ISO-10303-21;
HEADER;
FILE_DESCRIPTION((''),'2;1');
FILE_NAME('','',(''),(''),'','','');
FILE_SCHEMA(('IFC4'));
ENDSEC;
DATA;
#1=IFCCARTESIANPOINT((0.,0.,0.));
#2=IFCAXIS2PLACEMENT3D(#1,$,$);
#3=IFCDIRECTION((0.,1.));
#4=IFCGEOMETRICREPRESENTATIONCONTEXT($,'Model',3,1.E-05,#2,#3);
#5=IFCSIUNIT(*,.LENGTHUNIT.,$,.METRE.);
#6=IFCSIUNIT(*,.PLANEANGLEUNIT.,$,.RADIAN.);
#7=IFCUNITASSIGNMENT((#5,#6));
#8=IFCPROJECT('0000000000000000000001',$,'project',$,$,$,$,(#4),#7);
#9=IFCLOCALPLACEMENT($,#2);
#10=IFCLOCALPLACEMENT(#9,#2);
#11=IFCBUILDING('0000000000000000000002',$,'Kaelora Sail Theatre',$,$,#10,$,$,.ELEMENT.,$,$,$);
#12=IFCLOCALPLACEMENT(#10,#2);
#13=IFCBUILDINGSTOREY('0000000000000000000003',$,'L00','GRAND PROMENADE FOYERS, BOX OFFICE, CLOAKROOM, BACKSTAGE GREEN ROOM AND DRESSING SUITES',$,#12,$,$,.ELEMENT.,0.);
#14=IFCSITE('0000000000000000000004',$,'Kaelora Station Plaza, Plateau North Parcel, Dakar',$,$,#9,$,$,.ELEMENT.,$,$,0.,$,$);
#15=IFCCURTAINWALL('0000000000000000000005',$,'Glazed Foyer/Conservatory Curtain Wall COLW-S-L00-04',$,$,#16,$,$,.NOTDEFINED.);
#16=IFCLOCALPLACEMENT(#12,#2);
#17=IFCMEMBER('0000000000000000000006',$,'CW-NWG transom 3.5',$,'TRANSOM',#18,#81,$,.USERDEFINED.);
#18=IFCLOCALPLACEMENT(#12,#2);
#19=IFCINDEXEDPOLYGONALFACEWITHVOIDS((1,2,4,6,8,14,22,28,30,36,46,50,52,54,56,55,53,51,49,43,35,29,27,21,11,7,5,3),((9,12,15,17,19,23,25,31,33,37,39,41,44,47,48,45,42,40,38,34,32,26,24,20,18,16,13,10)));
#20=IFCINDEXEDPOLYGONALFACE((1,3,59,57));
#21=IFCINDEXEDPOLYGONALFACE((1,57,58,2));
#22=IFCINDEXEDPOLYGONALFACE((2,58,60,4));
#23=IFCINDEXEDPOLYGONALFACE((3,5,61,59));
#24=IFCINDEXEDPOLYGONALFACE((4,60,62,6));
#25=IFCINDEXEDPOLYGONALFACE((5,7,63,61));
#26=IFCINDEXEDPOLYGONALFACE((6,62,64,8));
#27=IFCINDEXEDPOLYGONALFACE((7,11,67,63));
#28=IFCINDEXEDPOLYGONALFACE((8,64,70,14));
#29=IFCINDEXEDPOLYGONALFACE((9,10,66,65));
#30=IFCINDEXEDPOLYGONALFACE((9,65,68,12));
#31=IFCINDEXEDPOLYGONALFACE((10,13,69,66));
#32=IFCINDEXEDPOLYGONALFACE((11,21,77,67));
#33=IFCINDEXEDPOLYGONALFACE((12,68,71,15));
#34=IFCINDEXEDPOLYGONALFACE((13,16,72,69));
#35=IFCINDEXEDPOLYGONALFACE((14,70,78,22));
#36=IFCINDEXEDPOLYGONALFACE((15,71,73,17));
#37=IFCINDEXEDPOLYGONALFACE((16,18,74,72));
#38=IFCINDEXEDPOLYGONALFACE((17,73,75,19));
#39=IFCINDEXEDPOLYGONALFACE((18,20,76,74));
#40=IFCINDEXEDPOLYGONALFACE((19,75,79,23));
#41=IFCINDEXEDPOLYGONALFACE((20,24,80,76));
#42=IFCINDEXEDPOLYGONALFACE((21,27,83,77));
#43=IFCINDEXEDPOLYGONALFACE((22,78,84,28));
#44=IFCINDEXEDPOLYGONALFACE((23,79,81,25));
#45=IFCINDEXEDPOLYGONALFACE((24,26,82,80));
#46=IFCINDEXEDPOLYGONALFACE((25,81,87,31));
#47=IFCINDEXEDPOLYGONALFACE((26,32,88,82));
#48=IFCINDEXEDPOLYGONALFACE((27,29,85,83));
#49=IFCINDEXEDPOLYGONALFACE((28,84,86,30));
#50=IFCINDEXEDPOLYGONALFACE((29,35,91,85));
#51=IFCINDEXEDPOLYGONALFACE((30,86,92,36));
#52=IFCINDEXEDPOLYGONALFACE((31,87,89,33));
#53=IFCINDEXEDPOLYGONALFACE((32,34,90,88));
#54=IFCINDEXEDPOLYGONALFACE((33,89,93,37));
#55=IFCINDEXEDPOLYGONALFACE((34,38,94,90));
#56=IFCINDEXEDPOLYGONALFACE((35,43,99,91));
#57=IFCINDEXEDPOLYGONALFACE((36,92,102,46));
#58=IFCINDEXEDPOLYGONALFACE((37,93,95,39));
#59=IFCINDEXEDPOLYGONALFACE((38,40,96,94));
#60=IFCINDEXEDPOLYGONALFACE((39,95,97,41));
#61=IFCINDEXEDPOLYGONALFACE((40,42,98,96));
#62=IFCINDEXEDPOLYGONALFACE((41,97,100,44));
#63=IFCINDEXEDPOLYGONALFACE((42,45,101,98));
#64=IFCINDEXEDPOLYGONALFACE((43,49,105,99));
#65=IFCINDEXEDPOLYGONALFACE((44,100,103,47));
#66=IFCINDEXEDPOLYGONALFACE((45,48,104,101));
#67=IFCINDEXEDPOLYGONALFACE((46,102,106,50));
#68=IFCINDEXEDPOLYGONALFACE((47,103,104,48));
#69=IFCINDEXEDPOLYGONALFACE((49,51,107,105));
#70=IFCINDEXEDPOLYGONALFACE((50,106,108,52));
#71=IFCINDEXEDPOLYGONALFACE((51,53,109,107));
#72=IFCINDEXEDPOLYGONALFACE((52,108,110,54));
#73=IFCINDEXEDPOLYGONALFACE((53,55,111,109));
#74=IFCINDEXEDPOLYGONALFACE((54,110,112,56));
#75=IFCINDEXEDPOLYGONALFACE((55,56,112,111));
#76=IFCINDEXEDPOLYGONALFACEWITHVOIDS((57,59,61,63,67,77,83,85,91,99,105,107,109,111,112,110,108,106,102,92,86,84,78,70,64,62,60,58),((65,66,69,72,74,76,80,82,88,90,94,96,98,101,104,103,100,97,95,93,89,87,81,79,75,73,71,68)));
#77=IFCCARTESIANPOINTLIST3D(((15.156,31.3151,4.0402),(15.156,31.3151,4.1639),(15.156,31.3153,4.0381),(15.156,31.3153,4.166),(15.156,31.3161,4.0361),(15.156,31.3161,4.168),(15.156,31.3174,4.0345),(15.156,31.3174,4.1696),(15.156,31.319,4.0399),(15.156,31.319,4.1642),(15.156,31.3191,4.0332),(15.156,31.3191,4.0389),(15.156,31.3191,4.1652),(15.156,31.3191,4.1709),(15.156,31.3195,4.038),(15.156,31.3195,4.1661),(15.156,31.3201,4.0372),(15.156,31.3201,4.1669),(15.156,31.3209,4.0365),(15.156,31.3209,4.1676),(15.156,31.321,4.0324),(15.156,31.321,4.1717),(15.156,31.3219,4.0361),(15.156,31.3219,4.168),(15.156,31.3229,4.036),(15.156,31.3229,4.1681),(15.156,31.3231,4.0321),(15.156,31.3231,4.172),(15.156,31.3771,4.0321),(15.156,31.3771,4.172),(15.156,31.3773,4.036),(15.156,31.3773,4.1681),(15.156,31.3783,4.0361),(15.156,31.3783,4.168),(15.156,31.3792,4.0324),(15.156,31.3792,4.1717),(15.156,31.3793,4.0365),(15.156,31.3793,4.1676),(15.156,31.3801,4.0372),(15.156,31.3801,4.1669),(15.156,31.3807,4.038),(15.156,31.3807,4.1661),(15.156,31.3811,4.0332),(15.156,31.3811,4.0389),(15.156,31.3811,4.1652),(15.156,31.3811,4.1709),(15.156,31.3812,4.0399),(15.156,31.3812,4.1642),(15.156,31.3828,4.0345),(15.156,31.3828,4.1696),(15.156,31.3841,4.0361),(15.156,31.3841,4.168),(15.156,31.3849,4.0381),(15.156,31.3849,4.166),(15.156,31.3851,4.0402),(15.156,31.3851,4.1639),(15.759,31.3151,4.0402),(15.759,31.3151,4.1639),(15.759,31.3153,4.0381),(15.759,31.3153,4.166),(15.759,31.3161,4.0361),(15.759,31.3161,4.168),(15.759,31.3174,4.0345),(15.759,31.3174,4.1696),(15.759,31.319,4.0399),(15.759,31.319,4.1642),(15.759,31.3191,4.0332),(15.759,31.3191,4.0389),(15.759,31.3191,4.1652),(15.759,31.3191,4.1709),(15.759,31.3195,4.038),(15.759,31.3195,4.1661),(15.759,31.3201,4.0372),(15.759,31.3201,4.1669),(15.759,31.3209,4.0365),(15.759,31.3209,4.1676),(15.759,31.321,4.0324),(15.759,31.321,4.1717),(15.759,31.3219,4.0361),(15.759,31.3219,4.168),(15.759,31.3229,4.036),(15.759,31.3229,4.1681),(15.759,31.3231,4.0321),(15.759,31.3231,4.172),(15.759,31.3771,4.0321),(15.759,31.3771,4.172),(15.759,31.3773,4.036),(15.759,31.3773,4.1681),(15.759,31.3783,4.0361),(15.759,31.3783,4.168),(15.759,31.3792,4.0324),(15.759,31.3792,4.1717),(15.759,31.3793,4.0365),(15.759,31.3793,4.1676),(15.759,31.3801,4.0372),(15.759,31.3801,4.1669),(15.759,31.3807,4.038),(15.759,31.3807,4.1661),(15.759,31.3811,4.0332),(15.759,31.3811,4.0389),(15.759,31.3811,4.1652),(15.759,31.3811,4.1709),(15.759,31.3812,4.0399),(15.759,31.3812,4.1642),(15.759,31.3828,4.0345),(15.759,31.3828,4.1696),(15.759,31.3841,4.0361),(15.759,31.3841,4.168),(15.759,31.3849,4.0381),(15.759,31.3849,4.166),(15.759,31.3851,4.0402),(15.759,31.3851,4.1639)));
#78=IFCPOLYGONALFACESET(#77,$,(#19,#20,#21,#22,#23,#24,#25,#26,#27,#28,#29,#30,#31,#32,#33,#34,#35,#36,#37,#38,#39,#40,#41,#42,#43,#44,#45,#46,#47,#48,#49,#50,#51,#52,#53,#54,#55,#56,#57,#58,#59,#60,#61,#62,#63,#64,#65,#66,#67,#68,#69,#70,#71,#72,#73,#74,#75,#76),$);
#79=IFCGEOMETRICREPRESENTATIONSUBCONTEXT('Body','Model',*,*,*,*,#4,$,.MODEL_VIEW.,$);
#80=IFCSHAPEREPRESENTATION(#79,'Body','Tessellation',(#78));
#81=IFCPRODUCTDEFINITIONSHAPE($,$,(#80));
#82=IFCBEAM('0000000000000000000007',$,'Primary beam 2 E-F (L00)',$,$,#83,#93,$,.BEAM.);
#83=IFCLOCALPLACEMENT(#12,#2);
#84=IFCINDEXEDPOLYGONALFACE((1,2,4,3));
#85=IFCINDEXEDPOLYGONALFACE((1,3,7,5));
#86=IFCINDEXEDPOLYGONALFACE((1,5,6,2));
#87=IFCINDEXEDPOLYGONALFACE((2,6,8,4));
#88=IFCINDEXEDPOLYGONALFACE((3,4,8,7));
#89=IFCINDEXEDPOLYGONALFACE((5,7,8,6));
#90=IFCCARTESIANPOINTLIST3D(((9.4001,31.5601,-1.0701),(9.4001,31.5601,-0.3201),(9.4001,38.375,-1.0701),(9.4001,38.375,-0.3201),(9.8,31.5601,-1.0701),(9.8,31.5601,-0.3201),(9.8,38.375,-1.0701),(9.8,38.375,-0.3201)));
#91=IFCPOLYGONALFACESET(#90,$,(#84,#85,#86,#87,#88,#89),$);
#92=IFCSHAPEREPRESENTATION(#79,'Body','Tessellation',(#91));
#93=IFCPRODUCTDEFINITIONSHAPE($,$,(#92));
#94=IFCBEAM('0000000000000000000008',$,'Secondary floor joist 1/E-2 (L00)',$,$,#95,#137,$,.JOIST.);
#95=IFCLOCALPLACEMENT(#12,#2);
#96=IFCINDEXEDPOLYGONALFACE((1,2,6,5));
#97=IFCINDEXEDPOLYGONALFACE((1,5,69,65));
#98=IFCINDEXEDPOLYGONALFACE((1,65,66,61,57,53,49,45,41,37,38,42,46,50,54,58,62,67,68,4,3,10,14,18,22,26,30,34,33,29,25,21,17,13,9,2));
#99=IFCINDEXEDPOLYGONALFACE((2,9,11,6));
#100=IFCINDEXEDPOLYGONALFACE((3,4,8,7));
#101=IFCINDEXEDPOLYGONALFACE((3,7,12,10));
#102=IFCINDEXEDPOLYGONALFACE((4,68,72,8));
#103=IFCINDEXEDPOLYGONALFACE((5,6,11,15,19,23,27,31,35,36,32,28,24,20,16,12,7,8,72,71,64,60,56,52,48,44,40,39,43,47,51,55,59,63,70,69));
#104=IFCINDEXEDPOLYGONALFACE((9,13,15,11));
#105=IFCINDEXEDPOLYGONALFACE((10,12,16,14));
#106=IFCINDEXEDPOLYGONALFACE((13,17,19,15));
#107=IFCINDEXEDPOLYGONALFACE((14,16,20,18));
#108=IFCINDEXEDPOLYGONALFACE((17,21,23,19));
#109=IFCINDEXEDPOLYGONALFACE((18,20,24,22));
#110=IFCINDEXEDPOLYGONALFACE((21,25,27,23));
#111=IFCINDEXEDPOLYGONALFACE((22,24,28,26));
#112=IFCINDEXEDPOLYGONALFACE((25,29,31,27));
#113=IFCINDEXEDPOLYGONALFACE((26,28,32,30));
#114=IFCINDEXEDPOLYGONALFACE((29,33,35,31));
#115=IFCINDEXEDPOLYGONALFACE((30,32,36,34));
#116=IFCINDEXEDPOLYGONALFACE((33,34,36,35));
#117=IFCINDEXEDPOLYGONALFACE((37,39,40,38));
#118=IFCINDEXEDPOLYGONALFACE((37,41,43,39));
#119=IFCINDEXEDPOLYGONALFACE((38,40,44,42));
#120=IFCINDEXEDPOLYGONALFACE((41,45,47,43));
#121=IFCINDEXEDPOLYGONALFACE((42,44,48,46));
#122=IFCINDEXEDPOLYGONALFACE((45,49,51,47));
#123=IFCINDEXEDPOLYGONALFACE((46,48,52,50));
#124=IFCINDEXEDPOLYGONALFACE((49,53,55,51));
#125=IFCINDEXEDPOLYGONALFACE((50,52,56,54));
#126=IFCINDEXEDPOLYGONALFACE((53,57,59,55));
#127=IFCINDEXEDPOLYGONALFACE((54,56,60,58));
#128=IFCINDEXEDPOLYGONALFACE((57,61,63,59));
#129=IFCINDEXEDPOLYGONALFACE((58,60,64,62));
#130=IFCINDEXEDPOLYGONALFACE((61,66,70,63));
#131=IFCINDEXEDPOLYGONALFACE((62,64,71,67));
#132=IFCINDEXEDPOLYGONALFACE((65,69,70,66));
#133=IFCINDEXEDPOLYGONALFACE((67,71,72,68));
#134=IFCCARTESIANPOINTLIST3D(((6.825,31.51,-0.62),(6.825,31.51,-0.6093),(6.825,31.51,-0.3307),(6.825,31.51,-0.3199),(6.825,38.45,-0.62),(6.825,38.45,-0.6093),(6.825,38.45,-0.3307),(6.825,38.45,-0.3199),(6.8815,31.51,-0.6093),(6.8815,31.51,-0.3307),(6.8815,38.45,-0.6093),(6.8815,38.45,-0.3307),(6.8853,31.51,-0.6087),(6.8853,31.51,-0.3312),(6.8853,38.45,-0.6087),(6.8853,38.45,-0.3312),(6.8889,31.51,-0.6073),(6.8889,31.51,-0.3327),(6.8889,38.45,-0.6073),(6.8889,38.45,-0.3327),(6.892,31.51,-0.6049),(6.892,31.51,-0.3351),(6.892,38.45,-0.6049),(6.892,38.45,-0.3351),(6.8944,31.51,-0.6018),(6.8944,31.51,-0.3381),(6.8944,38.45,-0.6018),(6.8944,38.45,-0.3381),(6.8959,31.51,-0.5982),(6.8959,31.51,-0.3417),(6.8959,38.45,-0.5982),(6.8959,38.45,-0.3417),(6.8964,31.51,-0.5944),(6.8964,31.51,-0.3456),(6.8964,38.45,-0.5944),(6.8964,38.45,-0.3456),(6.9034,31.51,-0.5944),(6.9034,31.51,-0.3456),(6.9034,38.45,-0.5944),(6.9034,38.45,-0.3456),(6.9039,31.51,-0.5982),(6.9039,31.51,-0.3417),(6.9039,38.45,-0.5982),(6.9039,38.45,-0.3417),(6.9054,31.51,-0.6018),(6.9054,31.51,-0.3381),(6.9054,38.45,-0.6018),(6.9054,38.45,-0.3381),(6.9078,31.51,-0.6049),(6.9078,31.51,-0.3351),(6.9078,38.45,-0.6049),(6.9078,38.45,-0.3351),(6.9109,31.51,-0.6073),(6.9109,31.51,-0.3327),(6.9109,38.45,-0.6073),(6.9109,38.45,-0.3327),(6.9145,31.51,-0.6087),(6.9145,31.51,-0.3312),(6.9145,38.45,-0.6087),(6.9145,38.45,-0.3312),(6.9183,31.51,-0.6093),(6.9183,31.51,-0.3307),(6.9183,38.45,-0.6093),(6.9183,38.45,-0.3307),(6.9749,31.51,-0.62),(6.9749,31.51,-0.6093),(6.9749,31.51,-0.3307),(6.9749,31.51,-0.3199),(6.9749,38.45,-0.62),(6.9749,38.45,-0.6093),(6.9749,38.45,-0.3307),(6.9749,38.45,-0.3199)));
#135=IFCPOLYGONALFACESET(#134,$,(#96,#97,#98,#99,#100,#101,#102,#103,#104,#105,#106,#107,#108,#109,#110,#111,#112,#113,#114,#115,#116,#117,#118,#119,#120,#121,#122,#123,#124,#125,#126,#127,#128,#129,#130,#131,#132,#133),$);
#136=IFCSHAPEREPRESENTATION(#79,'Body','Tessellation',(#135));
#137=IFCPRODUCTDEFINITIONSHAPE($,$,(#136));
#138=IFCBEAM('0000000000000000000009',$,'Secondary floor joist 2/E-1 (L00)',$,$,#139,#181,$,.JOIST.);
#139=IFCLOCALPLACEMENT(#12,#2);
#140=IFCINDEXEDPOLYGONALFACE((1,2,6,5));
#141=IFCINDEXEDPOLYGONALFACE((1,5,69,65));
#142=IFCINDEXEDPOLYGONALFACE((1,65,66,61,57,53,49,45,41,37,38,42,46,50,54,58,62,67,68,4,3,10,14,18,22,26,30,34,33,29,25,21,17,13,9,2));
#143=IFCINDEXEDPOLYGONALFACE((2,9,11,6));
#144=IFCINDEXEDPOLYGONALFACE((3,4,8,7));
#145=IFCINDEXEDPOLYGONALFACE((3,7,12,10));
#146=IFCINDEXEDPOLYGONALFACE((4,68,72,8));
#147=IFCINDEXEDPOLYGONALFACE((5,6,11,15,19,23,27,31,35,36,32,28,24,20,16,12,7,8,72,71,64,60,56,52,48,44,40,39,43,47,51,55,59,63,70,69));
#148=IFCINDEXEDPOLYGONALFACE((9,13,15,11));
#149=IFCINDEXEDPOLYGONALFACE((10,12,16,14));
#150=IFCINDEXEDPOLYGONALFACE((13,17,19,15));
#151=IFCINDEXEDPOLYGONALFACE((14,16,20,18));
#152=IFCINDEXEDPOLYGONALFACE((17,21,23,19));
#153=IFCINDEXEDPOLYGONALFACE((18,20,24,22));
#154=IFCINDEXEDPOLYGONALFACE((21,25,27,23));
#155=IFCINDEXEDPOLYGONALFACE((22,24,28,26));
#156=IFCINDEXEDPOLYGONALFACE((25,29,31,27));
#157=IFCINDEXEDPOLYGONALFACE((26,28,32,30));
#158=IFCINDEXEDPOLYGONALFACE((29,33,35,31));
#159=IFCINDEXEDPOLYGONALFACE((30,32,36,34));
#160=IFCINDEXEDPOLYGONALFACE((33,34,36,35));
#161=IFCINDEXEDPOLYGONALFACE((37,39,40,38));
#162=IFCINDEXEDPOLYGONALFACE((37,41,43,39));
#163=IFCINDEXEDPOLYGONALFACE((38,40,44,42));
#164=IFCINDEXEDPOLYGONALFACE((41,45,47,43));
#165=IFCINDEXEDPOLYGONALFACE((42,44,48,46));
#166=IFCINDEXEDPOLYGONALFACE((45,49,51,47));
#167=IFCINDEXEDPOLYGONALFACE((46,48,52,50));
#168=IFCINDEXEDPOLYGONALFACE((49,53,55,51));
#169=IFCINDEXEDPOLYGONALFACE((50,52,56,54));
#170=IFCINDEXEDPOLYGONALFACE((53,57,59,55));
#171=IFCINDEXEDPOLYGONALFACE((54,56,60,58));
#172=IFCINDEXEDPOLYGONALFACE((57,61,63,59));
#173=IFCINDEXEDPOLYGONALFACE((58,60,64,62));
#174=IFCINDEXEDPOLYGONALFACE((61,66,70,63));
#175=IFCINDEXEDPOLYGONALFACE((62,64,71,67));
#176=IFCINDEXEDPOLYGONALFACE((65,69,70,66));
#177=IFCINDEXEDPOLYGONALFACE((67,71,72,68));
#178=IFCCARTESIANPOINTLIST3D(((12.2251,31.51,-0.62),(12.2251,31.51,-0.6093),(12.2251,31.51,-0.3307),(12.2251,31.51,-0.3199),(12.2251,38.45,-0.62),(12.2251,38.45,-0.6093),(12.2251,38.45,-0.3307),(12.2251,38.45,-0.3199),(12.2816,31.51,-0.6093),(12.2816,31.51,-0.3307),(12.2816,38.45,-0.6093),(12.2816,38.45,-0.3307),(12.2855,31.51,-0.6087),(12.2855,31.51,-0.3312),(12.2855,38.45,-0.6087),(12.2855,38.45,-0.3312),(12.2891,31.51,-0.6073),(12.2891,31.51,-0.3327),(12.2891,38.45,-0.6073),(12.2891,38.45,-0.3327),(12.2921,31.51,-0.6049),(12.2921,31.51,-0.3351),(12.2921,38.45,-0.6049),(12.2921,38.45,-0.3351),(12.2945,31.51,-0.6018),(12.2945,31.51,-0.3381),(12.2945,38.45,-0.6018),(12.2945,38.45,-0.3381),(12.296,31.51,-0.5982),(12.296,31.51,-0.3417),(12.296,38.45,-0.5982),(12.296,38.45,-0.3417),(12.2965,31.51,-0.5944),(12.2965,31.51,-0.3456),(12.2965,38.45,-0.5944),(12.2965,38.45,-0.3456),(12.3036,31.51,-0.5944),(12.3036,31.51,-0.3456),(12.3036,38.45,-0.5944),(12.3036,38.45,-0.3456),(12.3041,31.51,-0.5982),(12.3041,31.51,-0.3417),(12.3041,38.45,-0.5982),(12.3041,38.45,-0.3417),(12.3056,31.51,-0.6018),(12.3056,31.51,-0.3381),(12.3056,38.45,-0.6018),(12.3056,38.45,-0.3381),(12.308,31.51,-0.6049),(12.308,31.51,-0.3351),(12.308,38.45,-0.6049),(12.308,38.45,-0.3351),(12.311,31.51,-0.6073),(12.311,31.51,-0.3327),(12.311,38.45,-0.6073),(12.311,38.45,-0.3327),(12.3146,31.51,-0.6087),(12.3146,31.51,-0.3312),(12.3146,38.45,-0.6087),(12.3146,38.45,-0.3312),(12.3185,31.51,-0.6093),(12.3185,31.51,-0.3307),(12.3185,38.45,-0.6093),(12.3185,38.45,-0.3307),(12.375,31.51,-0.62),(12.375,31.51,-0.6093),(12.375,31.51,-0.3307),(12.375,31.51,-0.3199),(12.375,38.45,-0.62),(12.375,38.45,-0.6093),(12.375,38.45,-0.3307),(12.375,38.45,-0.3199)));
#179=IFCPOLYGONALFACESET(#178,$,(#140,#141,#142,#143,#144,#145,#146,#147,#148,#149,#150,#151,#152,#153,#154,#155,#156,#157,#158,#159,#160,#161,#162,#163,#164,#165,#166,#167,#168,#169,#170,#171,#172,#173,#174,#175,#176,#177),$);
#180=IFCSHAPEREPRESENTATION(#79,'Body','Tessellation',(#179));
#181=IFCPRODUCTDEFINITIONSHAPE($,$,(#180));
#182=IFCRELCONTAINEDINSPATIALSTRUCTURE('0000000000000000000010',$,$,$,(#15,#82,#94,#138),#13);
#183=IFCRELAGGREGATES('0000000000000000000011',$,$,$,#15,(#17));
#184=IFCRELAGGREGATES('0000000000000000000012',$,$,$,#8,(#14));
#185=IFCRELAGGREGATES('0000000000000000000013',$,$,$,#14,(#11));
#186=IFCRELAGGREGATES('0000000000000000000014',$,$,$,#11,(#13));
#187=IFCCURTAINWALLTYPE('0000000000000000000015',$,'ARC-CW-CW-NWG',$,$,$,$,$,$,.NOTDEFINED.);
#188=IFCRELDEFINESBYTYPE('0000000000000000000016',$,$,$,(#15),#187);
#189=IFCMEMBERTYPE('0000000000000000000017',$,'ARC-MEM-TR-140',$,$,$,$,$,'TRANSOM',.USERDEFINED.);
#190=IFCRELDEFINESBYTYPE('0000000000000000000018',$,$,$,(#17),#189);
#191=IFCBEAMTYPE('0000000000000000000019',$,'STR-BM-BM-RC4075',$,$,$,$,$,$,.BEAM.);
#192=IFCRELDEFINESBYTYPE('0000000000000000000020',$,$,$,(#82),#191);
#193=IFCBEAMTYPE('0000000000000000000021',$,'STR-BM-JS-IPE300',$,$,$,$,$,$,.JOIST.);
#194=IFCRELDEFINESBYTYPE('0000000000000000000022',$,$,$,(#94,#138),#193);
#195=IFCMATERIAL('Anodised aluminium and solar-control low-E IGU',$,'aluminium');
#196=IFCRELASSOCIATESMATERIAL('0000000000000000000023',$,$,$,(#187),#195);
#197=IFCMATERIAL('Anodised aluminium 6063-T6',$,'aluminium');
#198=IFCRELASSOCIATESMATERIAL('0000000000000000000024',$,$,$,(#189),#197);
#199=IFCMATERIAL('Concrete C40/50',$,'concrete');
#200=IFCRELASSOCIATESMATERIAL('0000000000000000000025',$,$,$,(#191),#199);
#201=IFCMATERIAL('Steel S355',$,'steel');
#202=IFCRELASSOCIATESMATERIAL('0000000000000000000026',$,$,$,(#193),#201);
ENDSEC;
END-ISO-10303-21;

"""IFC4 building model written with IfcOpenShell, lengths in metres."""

from ifc_helpers import new_model, si_unit, direction, frame, origin, origin_2d, place, context, subcontext, project, spatial, rectangle, hollow_rectangle, i_section, extrude, material, material_profile, profile_set, type_object, element, aggregate, save


model = new_model("IFC4")

# Units and contexts
model_context = context("Model", 3, precision=1e-05, world=origin(), true_north=direction((0.0, 1.0)))
body_context = subcontext(model_context, "Body", "Model", "MODEL_VIEW")
ifc_project = project(units=[si_unit("LENGTHUNIT", "METRE"), si_unit("PLANEANGLEUNIT", "RADIAN")], contexts=[model_context])

# Site, building, storey
site_placement = place(None, origin())
site = spatial("IfcSite", under=ifc_project, at=site_placement, Name="Kaelora Station Plaza, Plateau North Parcel, Dakar", CompositionType="ELEMENT", RefElevation=0.0)
building_placement = place(site_placement, origin())
building = spatial("IfcBuilding", under=site, at=building_placement, Name="Kaelora Sail Theatre", CompositionType="ELEMENT")
storey_placement = place(building_placement, origin())
storey = spatial("IfcBuildingStorey", under=building, at=storey_placement, Name="L00", Description="GRAND PROMENADE FOYERS, BOX OFFICE, CLOAKROOM, BACKSTAGE GREEN ROOM AND DRESSING SUITES", CompositionType="ELEMENT", Elevation=0.0)

# Curtain wall, member
ifc_material_1 = material(Name="Anodised aluminium and solar-control low-E IGU", Category="aluminium")
curtain_wall_type = type_object("IfcCurtainWallType", Name="ARC-CW-CW-NWG", PredefinedType="NOTDEFINED", material=ifc_material_1)
curtain_wall_placement = place(storey_placement, origin())
curtain_wall = element("IfcCurtainWall", 1, at=curtain_wall_placement, inside=storey, type_object=curtain_wall_type, Name="Glazed Foyer/Conservatory Curtain Wall COLW-S-L00-04", PredefinedType="NOTDEFINED")
ifc_material_2 = material(Name="Anodised aluminium 6063-T6", Category="aluminium")
ifc_material_profile_1 = material_profile(ifc_material_2, hollow_rectangle(XDim=0.0701, YDim=0.1399, WallThickness=0.0039, InnerFilletRadius=0.0039, OuterFilletRadius=0.0081, at=origin_2d()), Name="ALU-TRAN 70x140x4")
ifc_profile_set_1 = profile_set([ifc_material_profile_1], Name="Anodised aluminium 6063-T6")
member_type_1 = type_object("IfcMemberType", Name="ARC-MEM-TR-140", ElementType="TRANSOM", PredefinedType="USERDEFINED", material=ifc_profile_set_1)
member_1_placement = place(storey_placement, frame((15.156, 31.3501, 4.1021), z_axis=(1.0, 0.0, 0.0), x_axis=(0.0, 1.0, 0.0)))
member_1 = element("IfcMember", 2, at=member_1_placement, type_object=member_type_1, Name="CW-NWG transom 3.5", ObjectType="TRANSOM", PredefinedType="USERDEFINED", context=body_context, shape_type="SweptSolid", body=[
    extrude(hollow_rectangle(XDim=0.0701, YDim=0.1399, WallThickness=0.0039, InnerFilletRadius=0.0039, OuterFilletRadius=0.0081, at=origin_2d()), origin(), (0.0, 0.0, 1.0), 0.603),
])

# Beams
ifc_material_3 = material(Name="Concrete C40/50", Category="concrete")
ifc_material_profile_2 = material_profile(ifc_material_3, rectangle(XDim=0.3999, YDim=0.75, at=origin_2d()), Name="RC-BM 400x750")
ifc_profile_set_2 = profile_set([ifc_material_profile_2], Name="Concrete C40/50")
beam_type_1 = type_object("IfcBeamType", Name="STR-BM-BM-RC4075", PredefinedType="BEAM", material=ifc_profile_set_2)
beam_1_placement = place(storey_placement, frame((9.6001, 31.5601, -0.6951), z_axis=(0.0, 1.0, 0.0), x_axis=(-1.0, 0.0, 0.0)))
element("IfcBeam", 3, at=beam_1_placement, inside=storey, type_object=beam_type_1, Name="Primary beam 2 E-F (L00)", PredefinedType="BEAM", context=body_context, shape_type="SweptSolid", body=[
    extrude(rectangle(XDim=0.3999, YDim=0.75, at=origin_2d()), origin(), (0.0, 0.0, 1.0), 6.8149),
])
ifc_material_4 = material(Name="Steel S355", Category="steel")
ifc_material_profile_3 = material_profile(ifc_material_4, i_section(OverallWidth=0.1499, OverallDepth=0.3, WebThickness=0.0071, FlangeThickness=0.0107, FilletRadius=0.0149, at=origin_2d()), Name="IPE 300")
ifc_profile_set_3 = profile_set([ifc_material_profile_3], Name="Steel S355")
beam_type_2 = type_object("IfcBeamType", Name="STR-BM-JS-IPE300", PredefinedType="JOIST", material=ifc_profile_set_3)
for number, where, z_axis, x_axis, name in (
    (4, (6.8999, 31.51, -0.47), (0.0, 1.0, 0.0), (-1.0, 0.0, 0.0), "Secondary floor joist 1/E-2 (L00)"),
    (5, (12.3, 31.51, -0.47), (0.0, 1.0, 0.0), (-1.0, 0.0, 0.0), "Secondary floor joist 2/E-1 (L00)"),
):
    element("IfcBeam", number, at=place(storey_placement, frame(where, z_axis=z_axis, x_axis=x_axis)), inside=storey, type_object=beam_type_2, Name=name, PredefinedType="JOIST", context=body_context, shape_type="SweptSolid", body=[
        extrude(i_section(OverallWidth=0.1499, OverallDepth=0.3, WebThickness=0.0071, FlangeThickness=0.0107, FilletRadius=0.0149, at=origin_2d()), origin(), (0.0, 0.0, 1.0), 6.9399),
    ])

aggregate(curtain_wall, [member_1])

save(model, "model.ifc")
